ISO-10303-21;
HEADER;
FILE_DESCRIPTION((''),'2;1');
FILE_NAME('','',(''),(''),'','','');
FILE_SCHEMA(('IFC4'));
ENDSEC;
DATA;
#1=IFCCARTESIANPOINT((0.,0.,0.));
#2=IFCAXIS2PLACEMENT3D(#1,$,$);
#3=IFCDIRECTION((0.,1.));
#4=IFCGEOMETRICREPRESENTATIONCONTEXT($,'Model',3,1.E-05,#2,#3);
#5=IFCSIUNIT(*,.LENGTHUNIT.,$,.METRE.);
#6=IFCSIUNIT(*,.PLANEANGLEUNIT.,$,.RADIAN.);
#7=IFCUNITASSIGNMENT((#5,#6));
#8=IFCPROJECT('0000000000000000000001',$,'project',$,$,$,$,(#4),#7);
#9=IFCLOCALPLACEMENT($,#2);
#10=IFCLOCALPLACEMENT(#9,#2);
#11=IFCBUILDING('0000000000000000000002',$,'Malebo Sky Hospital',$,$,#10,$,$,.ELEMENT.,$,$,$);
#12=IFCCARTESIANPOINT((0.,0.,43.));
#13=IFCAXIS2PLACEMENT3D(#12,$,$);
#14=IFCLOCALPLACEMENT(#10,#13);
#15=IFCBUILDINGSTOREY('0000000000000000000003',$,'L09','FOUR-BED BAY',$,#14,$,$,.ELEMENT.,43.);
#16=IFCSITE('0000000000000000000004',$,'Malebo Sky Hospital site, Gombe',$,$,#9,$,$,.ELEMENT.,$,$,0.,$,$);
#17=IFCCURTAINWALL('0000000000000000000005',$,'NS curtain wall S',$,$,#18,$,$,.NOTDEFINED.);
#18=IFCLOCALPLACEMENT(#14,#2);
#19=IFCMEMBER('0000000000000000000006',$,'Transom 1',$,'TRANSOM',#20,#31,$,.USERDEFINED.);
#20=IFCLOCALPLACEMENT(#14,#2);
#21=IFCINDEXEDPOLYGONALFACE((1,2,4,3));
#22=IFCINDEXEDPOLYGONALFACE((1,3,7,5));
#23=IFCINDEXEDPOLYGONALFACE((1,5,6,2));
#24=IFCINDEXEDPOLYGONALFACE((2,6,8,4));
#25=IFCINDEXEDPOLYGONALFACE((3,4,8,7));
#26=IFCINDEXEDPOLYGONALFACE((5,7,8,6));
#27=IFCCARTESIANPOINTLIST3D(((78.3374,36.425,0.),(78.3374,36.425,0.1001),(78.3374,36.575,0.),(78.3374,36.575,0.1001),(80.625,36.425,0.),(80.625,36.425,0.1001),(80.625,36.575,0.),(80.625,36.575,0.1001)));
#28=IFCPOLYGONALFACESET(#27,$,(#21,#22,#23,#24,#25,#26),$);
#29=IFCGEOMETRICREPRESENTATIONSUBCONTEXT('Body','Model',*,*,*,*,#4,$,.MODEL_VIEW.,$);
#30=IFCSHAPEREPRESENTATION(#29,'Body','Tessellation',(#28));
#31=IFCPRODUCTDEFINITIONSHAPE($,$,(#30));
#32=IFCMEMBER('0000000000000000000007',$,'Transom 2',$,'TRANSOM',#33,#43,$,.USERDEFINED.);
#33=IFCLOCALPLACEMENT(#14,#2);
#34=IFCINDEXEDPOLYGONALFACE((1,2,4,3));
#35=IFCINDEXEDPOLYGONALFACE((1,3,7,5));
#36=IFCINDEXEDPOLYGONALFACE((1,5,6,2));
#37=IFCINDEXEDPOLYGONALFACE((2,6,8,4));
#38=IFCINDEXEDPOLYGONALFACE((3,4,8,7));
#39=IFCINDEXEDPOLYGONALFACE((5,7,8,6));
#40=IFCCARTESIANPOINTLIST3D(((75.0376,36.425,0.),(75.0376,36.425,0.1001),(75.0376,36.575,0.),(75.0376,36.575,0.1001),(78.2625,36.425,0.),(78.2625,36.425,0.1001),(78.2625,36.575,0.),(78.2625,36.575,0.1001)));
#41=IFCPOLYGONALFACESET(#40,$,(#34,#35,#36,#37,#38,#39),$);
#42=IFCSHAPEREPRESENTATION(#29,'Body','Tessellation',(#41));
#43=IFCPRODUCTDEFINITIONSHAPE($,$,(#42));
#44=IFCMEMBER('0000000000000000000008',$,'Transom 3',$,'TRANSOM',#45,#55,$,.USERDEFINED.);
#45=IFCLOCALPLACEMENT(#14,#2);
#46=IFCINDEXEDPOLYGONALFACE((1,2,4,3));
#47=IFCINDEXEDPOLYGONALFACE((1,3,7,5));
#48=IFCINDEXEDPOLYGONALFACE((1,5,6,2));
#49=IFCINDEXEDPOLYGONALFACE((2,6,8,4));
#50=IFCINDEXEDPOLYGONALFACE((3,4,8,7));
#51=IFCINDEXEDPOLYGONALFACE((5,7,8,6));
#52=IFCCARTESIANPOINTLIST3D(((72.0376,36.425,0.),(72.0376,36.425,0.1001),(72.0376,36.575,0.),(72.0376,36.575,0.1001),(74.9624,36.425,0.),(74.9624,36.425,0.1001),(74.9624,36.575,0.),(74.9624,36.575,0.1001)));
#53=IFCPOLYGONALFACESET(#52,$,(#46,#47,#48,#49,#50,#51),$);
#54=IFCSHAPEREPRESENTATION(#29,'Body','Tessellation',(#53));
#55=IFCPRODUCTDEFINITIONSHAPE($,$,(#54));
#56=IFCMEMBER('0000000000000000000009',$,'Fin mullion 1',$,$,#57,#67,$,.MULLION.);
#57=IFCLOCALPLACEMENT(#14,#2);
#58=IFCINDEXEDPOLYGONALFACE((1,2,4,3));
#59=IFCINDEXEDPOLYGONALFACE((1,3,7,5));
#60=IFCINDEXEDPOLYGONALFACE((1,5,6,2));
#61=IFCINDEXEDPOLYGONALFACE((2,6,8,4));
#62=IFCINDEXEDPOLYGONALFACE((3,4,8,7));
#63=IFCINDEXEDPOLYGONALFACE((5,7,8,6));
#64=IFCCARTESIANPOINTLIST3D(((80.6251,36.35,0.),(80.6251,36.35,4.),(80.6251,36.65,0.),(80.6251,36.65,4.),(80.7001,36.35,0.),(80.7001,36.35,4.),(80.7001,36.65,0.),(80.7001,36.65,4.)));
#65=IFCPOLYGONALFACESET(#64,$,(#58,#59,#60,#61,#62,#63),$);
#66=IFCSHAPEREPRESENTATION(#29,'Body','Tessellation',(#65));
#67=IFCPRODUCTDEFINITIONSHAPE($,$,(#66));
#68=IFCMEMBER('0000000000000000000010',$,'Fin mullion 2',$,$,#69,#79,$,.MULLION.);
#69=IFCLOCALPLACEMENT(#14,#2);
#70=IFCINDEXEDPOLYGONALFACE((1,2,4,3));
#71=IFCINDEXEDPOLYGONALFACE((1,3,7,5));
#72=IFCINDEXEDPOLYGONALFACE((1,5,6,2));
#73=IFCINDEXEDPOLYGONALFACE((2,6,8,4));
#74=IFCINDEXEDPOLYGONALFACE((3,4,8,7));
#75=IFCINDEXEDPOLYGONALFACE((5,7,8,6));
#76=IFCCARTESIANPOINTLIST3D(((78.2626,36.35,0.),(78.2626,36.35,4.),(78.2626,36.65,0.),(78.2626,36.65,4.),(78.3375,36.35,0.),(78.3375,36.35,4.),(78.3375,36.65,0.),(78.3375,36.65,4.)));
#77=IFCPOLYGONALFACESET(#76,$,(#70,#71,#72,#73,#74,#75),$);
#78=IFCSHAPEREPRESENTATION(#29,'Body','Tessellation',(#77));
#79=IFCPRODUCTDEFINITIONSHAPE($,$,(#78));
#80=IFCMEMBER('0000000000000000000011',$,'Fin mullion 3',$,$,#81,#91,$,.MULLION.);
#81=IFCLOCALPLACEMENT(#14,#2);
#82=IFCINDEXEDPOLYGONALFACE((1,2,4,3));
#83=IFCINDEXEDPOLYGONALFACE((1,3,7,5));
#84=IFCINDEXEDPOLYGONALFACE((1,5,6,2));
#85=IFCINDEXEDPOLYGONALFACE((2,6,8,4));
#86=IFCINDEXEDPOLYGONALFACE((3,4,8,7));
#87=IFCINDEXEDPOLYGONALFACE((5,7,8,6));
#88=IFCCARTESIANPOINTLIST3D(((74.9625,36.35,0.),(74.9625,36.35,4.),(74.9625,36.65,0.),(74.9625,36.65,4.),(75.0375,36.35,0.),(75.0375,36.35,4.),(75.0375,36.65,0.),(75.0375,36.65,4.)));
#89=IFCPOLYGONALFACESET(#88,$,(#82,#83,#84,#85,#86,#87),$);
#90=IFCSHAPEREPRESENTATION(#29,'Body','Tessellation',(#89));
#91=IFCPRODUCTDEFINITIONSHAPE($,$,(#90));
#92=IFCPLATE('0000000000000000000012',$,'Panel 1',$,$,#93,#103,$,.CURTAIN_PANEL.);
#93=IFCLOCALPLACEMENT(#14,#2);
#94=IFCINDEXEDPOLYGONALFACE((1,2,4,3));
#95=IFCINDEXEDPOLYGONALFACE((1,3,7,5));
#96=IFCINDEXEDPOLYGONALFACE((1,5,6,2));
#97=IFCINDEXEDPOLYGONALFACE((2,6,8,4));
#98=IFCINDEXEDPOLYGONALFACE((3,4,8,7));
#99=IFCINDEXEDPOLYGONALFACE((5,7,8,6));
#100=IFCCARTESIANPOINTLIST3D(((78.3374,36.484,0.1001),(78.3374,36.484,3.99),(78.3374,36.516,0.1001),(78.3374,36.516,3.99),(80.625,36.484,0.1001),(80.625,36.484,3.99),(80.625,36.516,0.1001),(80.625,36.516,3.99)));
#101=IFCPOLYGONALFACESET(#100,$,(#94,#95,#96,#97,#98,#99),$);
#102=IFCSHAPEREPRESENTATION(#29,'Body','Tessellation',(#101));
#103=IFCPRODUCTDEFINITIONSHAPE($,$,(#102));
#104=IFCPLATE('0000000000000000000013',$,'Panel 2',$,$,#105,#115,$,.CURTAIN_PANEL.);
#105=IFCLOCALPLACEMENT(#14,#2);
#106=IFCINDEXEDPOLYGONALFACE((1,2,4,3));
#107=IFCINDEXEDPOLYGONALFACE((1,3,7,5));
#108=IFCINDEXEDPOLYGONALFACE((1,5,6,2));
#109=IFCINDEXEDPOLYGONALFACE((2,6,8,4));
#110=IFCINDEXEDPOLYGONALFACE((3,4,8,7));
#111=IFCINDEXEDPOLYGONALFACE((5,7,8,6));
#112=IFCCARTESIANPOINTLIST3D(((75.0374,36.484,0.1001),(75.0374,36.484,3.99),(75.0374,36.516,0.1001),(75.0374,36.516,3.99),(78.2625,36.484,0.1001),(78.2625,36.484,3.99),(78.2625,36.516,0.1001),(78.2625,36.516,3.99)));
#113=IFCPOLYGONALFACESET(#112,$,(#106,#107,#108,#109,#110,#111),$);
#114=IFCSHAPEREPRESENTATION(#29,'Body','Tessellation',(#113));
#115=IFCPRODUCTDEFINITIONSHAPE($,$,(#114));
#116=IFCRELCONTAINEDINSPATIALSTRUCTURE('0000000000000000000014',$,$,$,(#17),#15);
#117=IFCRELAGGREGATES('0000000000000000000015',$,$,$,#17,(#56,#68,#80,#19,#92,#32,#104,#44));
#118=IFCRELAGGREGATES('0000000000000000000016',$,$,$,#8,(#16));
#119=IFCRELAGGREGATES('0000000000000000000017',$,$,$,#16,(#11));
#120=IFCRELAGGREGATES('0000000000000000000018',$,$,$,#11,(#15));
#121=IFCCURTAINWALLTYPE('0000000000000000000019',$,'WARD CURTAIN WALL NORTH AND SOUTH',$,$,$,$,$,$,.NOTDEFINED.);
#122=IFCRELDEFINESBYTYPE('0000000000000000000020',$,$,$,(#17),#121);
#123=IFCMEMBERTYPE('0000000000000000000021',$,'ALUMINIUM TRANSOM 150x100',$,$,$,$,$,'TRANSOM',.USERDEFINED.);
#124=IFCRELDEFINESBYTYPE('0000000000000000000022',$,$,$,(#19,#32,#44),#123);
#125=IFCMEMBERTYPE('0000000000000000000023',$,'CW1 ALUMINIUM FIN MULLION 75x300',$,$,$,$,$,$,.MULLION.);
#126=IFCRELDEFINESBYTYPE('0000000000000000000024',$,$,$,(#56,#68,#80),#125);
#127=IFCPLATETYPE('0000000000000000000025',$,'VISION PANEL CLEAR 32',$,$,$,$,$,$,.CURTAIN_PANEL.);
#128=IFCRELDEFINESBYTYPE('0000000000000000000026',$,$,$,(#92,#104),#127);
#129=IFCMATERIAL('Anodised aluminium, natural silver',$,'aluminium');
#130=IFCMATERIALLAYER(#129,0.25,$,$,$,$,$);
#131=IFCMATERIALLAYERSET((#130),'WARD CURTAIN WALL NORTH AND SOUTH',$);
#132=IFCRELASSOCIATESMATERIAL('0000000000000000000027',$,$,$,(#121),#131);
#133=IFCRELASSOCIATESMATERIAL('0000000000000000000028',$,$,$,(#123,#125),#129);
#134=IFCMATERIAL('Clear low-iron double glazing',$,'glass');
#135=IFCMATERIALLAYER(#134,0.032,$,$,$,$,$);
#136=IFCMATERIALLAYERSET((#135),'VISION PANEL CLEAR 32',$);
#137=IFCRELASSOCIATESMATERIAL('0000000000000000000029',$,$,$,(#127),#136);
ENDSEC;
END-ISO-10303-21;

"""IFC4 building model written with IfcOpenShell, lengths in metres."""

from ifc_helpers import new_model, si_unit, direction, frame, origin, origin_2d, place, context, subcontext, project, spatial, rectangle, extrude, material, layer, layer_set, material_profile, profile_set, type_object, element, aggregate, save


model = new_model("IFC4")

# Units and contexts
model_context = context("Model", 3, precision=1e-05, world=origin(), true_north=direction((0.0, 1.0)))
body_context = subcontext(model_context, "Body", "Model", "MODEL_VIEW")
ifc_project = project(units=[si_unit("LENGTHUNIT", "METRE"), si_unit("PLANEANGLEUNIT", "RADIAN")], contexts=[model_context])

# Site, building, storey
site_placement = place(None, origin())
site = spatial("IfcSite", under=ifc_project, at=site_placement, Name="Malebo Sky Hospital site, Gombe", CompositionType="ELEMENT", RefElevation=0.0)
building_placement = place(site_placement, origin())
building = spatial("IfcBuilding", under=site, at=building_placement, Name="Malebo Sky Hospital", CompositionType="ELEMENT")
storey_placement = place(building_placement, frame((0.0, 0.0, 43.0)))
storey = spatial("IfcBuildingStorey", under=building, at=storey_placement, Name="L09", Description="FOUR-BED BAY", CompositionType="ELEMENT", Elevation=43.0)

# Curtain wall, members, plates
ifc_material_1 = material(Name="Anodised aluminium, natural silver", Category="aluminium")
ifc_layer_1 = layer(ifc_material_1, 0.25)
ifc_layer_set_1 = layer_set([ifc_layer_1], Name="WARD CURTAIN WALL NORTH AND SOUTH")
curtain_wall_type = type_object("IfcCurtainWallType", Name="WARD CURTAIN WALL NORTH AND SOUTH", PredefinedType="NOTDEFINED", material=ifc_layer_set_1)
curtain_wall_placement = place(storey_placement, origin())
curtain_wall = element("IfcCurtainWall", 1, at=curtain_wall_placement, inside=storey, type_object=curtain_wall_type, Name="NS curtain wall S", PredefinedType="NOTDEFINED")
ifc_material_profile_1 = material_profile(ifc_material_1, rectangle(XDim=0.1499, YDim=0.1001, at=origin_2d()), Name="ALUMINIUM TRANSOM 150x100")
ifc_profile_set_1 = profile_set([ifc_material_profile_1], Name="Anodised aluminium, natural silver")
member_type_1 = type_object("IfcMemberType", Name="ALUMINIUM TRANSOM 150x100", ElementType="TRANSOM", PredefinedType="USERDEFINED", material=ifc_profile_set_1)
member_1_placement = place(storey_placement, frame((80.625, 36.5, 0.05), z_axis=(-1.0, 0.0, 0.0), x_axis=(0.0, -1.0, 0.0)))
member_1 = element("IfcMember", 2, at=member_1_placement, type_object=member_type_1, Name="Transom 1", ObjectType="TRANSOM", PredefinedType="USERDEFINED", context=body_context, shape_type="SweptSolid", body=[
    extrude(rectangle(XDim=0.1499, YDim=0.1001, at=origin_2d()), origin(), (0.0, 0.0, 1.0), 2.2876),
])
member_2_placement = place(storey_placement, frame((78.2625, 36.5, 0.05), z_axis=(-1.0, 0.0, 0.0), x_axis=(0.0, -1.0, 0.0)))
member_2 = element("IfcMember", 3, at=member_2_placement, type_object=member_type_1, Name="Transom 2", ObjectType="TRANSOM", PredefinedType="USERDEFINED", context=body_context, shape_type="SweptSolid", body=[
    extrude(rectangle(XDim=0.1499, YDim=0.1001, at=origin_2d()), origin(), (0.0, 0.0, 1.0), 3.2249),
])
member_3_placement = place(storey_placement, frame((74.9624, 36.5, 0.05), z_axis=(-1.0, 0.0, 0.0), x_axis=(0.0, -1.0, 0.0)))
member_3 = element("IfcMember", 4, at=member_3_placement, type_object=member_type_1, Name="Transom 3", ObjectType="TRANSOM", PredefinedType="USERDEFINED", context=body_context, shape_type="SweptSolid", body=[
    extrude(rectangle(XDim=0.1499, YDim=0.1001, at=origin_2d()), origin(), (0.0, 0.0, 1.0), 2.9248),
])
ifc_material_profile_2 = material_profile(ifc_material_1, rectangle(XDim=0.075, YDim=0.3, at=origin_2d()), Name="CW1 ALUMINIUM FIN MULLION 75x300")
ifc_profile_set_2 = profile_set([ifc_material_profile_2], Name="Anodised aluminium, natural silver")
member_type_2 = type_object("IfcMemberType", Name="CW1 ALUMINIUM FIN MULLION 75x300", PredefinedType="MULLION", material=ifc_profile_set_2)
member_4_placement = place(storey_placement, frame((80.6626, 36.5, 0.0), z_axis=(0.0, 0.0, 1.0), x_axis=(-1.0, 0.0, 0.0)))
member_4 = element("IfcMember", 5, at=member_4_placement, type_object=member_type_2, Name="Fin mullion 1", PredefinedType="MULLION", context=body_context, shape_type="SweptSolid", body=[
    extrude(rectangle(XDim=0.075, YDim=0.3, at=origin_2d()), origin(), (0.0, 0.0, 1.0), 4.0),
])
member_5_placement = place(storey_placement, frame((78.3, 36.5, 0.0), z_axis=(0.0, 0.0, 1.0), x_axis=(-1.0, 0.0, 0.0)))
member_5 = element("IfcMember", 6, at=member_5_placement, type_object=member_type_2, Name="Fin mullion 2", PredefinedType="MULLION", context=body_context, shape_type="SweptSolid", body=[
    extrude(rectangle(XDim=0.075, YDim=0.3, at=origin_2d()), origin(), (0.0, 0.0, 1.0), 4.0),
])
member_6_placement = place(storey_placement, frame((75.0, 36.5, 0.0), z_axis=(0.0, 0.0, 1.0), x_axis=(-1.0, 0.0, 0.0)))
member_6 = element("IfcMember", 7, at=member_6_placement, type_object=member_type_2, Name="Fin mullion 3", PredefinedType="MULLION", context=body_context, shape_type="SweptSolid", body=[
    extrude(rectangle(XDim=0.075, YDim=0.3, at=origin_2d()), origin(), (0.0, 0.0, 1.0), 4.0),
])
ifc_material_2 = material(Name="Clear low-iron double glazing", Category="glass")
ifc_layer_2 = layer(ifc_material_2, 0.032)
ifc_layer_set_2 = layer_set([ifc_layer_2], Name="VISION PANEL CLEAR 32")
plate_type = type_object("IfcPlateType", Name="VISION PANEL CLEAR 32", PredefinedType="CURTAIN_PANEL", material=ifc_layer_set_2)
plate_1_placement = place(storey_placement, frame((79.4812, 36.5, 0.1001), z_axis=(0.0, 0.0, 1.0), x_axis=(-1.0, 0.0, 0.0)))
plate_1 = element("IfcPlate", 8, at=plate_1_placement, type_object=plate_type, Name="Panel 1", PredefinedType="CURTAIN_PANEL", context=body_context, shape_type="SweptSolid", body=[
    extrude(rectangle(XDim=2.2876, YDim=0.032, at=origin_2d()), origin(), (0.0, 0.0, 1.0), 3.8899),
])
plate_2_placement = place(storey_placement, frame((76.6499, 36.5, 0.1001), z_axis=(0.0, 0.0, 1.0), x_axis=(-1.0, 0.0, 0.0)))
plate_2 = element("IfcPlate", 9, at=plate_2_placement, type_object=plate_type, Name="Panel 2", PredefinedType="CURTAIN_PANEL", context=body_context, shape_type="SweptSolid", body=[
    extrude(rectangle(XDim=3.2251, YDim=0.032, at=origin_2d()), origin(), (0.0, 0.0, 1.0), 3.8899),
])
aggregate(curtain_wall, [member_4, member_5, member_6, member_1, plate_1, member_2, plate_2, member_3])

save(model, "model.ifc")
